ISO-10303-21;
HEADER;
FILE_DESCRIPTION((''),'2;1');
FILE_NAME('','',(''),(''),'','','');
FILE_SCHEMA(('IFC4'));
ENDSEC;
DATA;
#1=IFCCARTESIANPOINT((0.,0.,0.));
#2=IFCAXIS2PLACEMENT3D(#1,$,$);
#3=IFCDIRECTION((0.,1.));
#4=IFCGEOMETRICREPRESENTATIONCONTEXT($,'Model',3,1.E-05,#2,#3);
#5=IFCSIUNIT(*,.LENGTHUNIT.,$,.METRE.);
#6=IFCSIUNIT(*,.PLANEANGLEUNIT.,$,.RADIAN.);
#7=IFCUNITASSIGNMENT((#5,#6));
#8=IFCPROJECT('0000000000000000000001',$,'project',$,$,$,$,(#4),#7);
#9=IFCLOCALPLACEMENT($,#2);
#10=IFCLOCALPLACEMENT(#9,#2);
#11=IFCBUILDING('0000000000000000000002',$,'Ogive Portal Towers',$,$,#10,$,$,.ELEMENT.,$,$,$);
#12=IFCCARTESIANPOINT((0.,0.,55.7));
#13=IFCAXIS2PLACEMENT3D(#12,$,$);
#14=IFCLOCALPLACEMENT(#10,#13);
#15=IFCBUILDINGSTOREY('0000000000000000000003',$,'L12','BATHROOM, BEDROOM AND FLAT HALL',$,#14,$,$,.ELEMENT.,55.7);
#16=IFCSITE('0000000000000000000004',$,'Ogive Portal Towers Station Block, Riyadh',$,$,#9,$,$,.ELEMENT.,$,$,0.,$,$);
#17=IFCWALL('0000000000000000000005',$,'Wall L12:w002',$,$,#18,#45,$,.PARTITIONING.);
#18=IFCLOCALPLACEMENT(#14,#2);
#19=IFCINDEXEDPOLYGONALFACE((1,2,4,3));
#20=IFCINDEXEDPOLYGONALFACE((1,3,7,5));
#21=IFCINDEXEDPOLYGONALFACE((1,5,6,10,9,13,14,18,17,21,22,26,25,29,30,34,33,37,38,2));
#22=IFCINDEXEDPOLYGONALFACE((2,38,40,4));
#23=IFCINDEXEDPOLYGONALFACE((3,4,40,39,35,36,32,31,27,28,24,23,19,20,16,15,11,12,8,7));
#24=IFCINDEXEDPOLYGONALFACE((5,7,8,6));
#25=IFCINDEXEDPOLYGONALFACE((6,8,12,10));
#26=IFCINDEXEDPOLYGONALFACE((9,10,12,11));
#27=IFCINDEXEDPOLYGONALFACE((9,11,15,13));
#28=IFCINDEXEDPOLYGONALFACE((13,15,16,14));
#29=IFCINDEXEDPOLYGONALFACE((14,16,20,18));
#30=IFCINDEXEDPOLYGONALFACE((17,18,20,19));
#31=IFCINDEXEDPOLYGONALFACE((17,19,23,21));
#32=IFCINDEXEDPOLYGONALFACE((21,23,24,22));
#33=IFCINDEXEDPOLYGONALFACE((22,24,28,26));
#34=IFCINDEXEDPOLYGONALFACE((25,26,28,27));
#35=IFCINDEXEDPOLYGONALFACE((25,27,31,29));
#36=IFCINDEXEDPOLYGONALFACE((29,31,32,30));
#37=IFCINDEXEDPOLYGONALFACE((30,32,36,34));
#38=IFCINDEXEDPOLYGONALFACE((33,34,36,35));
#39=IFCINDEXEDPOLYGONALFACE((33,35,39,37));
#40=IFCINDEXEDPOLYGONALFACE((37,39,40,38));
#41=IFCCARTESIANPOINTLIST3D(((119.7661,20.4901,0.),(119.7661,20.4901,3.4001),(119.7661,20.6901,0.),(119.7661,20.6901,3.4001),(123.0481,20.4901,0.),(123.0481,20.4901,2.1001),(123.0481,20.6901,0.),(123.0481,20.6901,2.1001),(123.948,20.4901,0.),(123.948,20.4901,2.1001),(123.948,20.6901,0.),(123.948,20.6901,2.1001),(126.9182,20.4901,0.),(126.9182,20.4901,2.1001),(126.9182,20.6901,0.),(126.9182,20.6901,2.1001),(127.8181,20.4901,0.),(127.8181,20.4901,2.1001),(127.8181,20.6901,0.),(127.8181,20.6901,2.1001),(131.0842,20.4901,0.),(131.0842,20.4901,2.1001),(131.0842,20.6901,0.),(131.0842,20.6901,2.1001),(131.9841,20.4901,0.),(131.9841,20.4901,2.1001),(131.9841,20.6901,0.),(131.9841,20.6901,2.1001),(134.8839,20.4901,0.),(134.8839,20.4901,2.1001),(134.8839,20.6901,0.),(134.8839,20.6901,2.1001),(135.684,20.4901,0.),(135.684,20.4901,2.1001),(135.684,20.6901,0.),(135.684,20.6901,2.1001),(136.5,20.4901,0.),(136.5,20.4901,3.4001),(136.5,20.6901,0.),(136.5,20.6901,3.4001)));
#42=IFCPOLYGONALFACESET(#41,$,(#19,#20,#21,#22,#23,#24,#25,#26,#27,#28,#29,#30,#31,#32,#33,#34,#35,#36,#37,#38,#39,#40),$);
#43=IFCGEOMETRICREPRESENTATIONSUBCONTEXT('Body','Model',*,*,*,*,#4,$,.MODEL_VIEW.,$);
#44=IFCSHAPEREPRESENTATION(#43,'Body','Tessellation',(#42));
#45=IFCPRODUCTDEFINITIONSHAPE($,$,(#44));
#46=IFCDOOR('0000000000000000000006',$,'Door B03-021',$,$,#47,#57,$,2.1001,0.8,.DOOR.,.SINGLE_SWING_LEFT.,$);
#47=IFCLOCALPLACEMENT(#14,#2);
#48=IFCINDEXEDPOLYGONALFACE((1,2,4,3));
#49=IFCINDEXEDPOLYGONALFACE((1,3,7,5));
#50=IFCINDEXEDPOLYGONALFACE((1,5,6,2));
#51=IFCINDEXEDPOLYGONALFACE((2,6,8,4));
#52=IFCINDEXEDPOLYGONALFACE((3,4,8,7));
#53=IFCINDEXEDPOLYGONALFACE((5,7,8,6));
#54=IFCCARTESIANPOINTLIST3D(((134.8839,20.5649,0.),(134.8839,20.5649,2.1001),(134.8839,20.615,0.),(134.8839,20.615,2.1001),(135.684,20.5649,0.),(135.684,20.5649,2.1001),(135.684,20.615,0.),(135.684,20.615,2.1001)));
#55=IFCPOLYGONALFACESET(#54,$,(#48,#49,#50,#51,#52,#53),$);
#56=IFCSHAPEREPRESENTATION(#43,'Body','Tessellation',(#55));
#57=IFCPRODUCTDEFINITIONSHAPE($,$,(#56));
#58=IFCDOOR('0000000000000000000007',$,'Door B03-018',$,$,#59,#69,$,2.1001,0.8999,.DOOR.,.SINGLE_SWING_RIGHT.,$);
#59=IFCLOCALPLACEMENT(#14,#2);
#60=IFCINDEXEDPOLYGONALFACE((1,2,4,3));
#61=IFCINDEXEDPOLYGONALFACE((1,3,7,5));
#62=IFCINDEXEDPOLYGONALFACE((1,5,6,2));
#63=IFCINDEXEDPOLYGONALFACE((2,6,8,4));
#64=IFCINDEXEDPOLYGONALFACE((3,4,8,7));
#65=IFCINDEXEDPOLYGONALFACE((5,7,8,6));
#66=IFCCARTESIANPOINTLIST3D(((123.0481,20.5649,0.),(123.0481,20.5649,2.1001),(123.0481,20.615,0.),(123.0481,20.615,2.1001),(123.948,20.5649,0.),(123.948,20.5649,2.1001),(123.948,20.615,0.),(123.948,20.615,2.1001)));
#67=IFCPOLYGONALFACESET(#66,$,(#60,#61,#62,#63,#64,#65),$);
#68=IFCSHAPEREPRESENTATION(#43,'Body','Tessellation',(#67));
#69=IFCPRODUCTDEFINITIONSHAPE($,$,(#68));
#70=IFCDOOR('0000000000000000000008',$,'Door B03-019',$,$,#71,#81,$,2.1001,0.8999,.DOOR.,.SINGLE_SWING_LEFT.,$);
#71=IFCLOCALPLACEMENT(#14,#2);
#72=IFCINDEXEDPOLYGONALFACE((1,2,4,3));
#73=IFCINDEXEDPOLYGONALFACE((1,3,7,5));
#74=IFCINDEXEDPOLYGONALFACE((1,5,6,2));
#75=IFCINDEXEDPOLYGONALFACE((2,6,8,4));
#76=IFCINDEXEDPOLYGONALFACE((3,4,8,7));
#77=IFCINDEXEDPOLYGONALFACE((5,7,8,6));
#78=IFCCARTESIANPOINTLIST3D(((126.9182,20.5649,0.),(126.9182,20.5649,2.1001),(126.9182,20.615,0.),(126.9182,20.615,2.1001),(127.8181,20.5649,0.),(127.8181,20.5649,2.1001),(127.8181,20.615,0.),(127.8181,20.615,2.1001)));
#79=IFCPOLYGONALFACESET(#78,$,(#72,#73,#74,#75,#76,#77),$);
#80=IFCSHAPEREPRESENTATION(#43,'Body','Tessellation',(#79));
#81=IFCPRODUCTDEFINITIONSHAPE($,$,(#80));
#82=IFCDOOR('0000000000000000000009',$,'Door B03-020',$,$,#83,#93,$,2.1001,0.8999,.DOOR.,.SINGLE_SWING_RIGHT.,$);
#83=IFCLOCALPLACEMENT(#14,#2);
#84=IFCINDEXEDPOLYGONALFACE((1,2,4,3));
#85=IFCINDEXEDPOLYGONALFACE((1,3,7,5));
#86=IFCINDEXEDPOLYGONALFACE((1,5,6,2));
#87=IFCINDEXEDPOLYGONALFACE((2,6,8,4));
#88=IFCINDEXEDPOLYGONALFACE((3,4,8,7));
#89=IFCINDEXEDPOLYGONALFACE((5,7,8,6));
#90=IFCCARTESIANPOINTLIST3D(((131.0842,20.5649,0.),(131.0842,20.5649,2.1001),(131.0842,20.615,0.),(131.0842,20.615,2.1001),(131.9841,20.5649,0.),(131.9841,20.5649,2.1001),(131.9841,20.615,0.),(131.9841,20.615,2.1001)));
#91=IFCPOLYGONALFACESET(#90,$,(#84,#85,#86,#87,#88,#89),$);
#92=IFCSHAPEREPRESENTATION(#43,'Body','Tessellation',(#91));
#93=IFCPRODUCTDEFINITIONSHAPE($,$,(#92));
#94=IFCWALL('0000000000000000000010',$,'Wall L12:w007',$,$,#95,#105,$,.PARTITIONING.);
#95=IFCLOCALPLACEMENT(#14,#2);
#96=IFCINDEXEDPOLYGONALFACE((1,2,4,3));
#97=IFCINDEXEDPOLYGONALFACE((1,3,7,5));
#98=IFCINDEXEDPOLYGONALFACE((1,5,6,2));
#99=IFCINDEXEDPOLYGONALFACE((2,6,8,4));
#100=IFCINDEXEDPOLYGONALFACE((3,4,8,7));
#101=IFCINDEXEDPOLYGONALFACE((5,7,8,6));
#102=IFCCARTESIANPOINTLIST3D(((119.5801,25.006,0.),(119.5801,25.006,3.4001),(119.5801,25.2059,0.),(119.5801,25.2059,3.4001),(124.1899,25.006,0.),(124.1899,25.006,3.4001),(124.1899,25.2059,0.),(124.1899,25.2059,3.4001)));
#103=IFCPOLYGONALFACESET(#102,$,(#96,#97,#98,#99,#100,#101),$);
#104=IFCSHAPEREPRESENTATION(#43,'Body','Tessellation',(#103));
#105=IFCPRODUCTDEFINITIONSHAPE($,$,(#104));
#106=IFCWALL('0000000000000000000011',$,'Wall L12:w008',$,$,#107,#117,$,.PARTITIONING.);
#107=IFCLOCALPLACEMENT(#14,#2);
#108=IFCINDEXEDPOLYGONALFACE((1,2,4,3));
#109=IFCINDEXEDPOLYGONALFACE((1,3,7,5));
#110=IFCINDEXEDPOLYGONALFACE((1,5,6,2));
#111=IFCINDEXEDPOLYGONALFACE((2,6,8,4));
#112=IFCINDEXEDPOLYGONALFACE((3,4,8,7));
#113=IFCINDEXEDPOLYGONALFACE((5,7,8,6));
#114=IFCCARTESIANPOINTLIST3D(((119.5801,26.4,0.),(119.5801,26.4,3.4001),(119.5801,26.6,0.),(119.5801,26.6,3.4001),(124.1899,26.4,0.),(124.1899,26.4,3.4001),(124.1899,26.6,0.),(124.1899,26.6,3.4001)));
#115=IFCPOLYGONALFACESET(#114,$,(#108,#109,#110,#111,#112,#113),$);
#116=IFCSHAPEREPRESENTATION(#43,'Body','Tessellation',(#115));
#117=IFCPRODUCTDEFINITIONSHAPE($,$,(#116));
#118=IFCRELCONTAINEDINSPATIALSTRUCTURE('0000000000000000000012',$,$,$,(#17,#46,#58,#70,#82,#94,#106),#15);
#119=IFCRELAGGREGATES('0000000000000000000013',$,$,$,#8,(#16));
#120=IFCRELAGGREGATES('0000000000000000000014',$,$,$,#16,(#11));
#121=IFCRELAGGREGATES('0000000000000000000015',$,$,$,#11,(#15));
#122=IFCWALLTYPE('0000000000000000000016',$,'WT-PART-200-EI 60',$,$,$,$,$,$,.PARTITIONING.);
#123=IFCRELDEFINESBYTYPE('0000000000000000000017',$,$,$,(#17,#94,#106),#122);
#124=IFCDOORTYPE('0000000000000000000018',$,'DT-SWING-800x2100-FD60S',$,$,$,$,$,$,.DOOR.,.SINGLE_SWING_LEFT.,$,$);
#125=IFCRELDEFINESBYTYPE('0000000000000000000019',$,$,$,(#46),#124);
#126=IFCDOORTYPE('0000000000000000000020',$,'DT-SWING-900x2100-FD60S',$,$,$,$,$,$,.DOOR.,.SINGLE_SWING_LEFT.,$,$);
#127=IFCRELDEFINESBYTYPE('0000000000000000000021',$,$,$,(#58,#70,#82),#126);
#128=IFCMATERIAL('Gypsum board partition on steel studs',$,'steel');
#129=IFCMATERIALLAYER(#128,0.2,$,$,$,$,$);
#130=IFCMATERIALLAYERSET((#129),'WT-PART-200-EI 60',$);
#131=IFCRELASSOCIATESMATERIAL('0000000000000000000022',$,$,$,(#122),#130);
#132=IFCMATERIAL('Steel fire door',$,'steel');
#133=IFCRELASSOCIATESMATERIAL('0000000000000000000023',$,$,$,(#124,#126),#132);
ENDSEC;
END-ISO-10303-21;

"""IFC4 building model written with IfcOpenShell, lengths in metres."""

from ifc_helpers import new_model, si_unit, direction, frame, frame_2d, origin, place, context, subcontext, project, spatial, rectangle, extrude, material, layer, layer_set, type_object, element, fill, save


model = new_model("IFC4")

# Units and contexts
model_context = context("Model", 3, precision=1e-05, world=origin(), true_north=direction((0.0, 1.0)))
body_context = subcontext(model_context, "Body", "Model", "MODEL_VIEW")
ifc_project = project(units=[si_unit("LENGTHUNIT", "METRE"), si_unit("PLANEANGLEUNIT", "RADIAN")], contexts=[model_context])

# Site, building, storey
site_placement = place(None, origin())
site = spatial("IfcSite", under=ifc_project, at=site_placement, Name="Ogive Portal Towers Station Block, Riyadh", CompositionType="ELEMENT", RefElevation=0.0)
building_placement = place(site_placement, origin())
building = spatial("IfcBuilding", under=site, at=building_placement, Name="Ogive Portal Towers", CompositionType="ELEMENT")
storey_placement = place(building_placement, frame((0.0, 0.0, 55.7)))
storey = spatial("IfcBuildingStorey", under=building, at=storey_placement, Name="L12", Description="BATHROOM, BEDROOM AND FLAT HALL", CompositionType="ELEMENT", Elevation=55.7)

# Wall, openings, doors
ifc_material_1 = material(Name="Steel fire door", Category="steel")
ifc_material_2 = material(Name="Gypsum board partition on steel studs", Category="steel")
ifc_layer_1 = layer(ifc_material_2, 0.2)
ifc_layer_set_1 = layer_set([ifc_layer_1], Name="WT-PART-200-EI 60")
wall_type_1 = type_object("IfcWallType", Name="WT-PART-200-EI 60", PredefinedType="PARTITIONING", material=ifc_layer_set_1)
wall_1_placement = place(storey_placement, frame((119.7661, 20.5901, 0.0), z_axis=(0.0, 0.0, 1.0), x_axis=(1.0, 0.0, 0.0)))
wall_1 = element("IfcWall", 1, at=wall_1_placement, inside=storey, type_object=wall_type_1, Name="Wall L12:w002", PredefinedType="PARTITIONING", context=body_context, shape_type="SweptSolid", body=[
    extrude(rectangle(XDim=16.7339, YDim=0.2, at=frame_2d((8.3669, 0.0))), origin(), (0.0, 0.0, 1.0), 3.4001),
])
opening_1_placement = place(wall_1_placement, frame((3.282, 0.0, 0.0)))
opening_1 = element("IfcOpeningElement", 2, at=opening_1_placement, cuts=wall_1, PredefinedType="OPENING", context=body_context, shape_type="SweptSolid", body=[
    extrude(rectangle(XDim=0.8999, YDim=2.1001, at=frame_2d((0.45, 1.05))), frame((0.0, 0.1099, 0.0), z_axis=(0.0, -1.0, 0.0), x_axis=(1.0, 0.0, 0.0)), (0.0, 0.0, 1.0), 0.22),
])
opening_2_placement = place(wall_1_placement, frame((7.1521, 0.0, 0.0)))
opening_2 = element("IfcOpeningElement", 3, at=opening_2_placement, cuts=wall_1, PredefinedType="OPENING", context=body_context, shape_type="SweptSolid", body=[
    extrude(rectangle(XDim=0.8999, YDim=2.1001, at=frame_2d((0.45, 1.05))), frame((0.0, 0.1099, 0.0), z_axis=(0.0, -1.0, 0.0), x_axis=(1.0, 0.0, 0.0)), (0.0, 0.0, 1.0), 0.22),
])
opening_3_placement = place(wall_1_placement, frame((11.3181, 0.0, 0.0)))
opening_3 = element("IfcOpeningElement", 4, at=opening_3_placement, cuts=wall_1, PredefinedType="OPENING", context=body_context, shape_type="SweptSolid", body=[
    extrude(rectangle(XDim=0.8999, YDim=2.1001, at=frame_2d((0.45, 1.05))), frame((0.0, 0.1099, 0.0), z_axis=(0.0, -1.0, 0.0), x_axis=(1.0, 0.0, 0.0)), (0.0, 0.0, 1.0), 0.22),
])
opening_4_placement = place(wall_1_placement, frame((15.1179, 0.0, 0.0)))
opening_4 = element("IfcOpeningElement", 5, at=opening_4_placement, cuts=wall_1, PredefinedType="OPENING", context=body_context, shape_type="SweptSolid", body=[
    extrude(rectangle(XDim=0.8, YDim=2.1001, at=frame_2d((0.3999, 1.05))), frame((0.0, 0.1099, 0.0), z_axis=(0.0, -1.0, 0.0), x_axis=(1.0, 0.0, 0.0)), (0.0, 0.0, 1.0), 0.22),
])
door_type_1 = type_object("IfcDoorType", Name="DT-SWING-800x2100-FD60S", OperationType="SINGLE_SWING_LEFT", PredefinedType="DOOR", material=ifc_material_1)
door_1_placement = place(opening_4_placement, origin())
door_1 = element("IfcDoor", 6, at=door_1_placement, inside=storey, type_object=door_type_1, Name="Door B03-021", OperationType="SINGLE_SWING_LEFT", OverallHeight=2.1001, OverallWidth=0.8, PredefinedType="DOOR", context=body_context, shape_type="SweptSolid", body=[
    extrude(rectangle(XDim=0.8, YDim=2.1001, at=frame_2d((0.3999, 1.05))), frame((0.0, 0.0249, 0.0), z_axis=(0.0, -1.0, 0.0), x_axis=(1.0, 0.0, 0.0)), (0.0, 0.0, 1.0), 0.05),
])
fill(opening_4, door_1)
door_type_2 = type_object("IfcDoorType", Name="DT-SWING-900x2100-FD60S", OperationType="SINGLE_SWING_LEFT", PredefinedType="DOOR", material=ifc_material_1)
door_2_placement = place(opening_1_placement, origin())
door_2 = element("IfcDoor", 7, at=door_2_placement, inside=storey, type_object=door_type_2, Name="Door B03-018", OperationType="SINGLE_SWING_RIGHT", OverallHeight=2.1001, OverallWidth=0.8999, PredefinedType="DOOR", context=body_context, shape_type="SweptSolid", body=[
    extrude(rectangle(XDim=0.8999, YDim=2.1001, at=frame_2d((0.45, 1.05))), frame((0.0, 0.0249, 0.0), z_axis=(0.0, -1.0, 0.0), x_axis=(1.0, 0.0, 0.0)), (0.0, 0.0, 1.0), 0.05),
])
fill(opening_1, door_2)
door_3_placement = place(opening_2_placement, origin())
door_3 = element("IfcDoor", 8, at=door_3_placement, inside=storey, type_object=door_type_2, Name="Door B03-019", OperationType="SINGLE_SWING_LEFT", OverallHeight=2.1001, OverallWidth=0.8999, PredefinedType="DOOR", context=body_context, shape_type="SweptSolid", body=[
    extrude(rectangle(XDim=0.8999, YDim=2.1001, at=frame_2d((0.45, 1.05))), frame((0.0, 0.0249, 0.0), z_axis=(0.0, -1.0, 0.0), x_axis=(1.0, 0.0, 0.0)), (0.0, 0.0, 1.0), 0.05),
])
fill(opening_2, door_3)
door_4_placement = place(opening_3_placement, origin())
door_4 = element("IfcDoor", 9, at=door_4_placement, inside=storey, type_object=door_type_2, Name="Door B03-020", OperationType="SINGLE_SWING_RIGHT", OverallHeight=2.1001, OverallWidth=0.8999, PredefinedType="DOOR", context=body_context, shape_type="SweptSolid", body=[
    extrude(rectangle(XDim=0.8999, YDim=2.1001, at=frame_2d((0.45, 1.05))), frame((0.0, 0.0249, 0.0), z_axis=(0.0, -1.0, 0.0), x_axis=(1.0, 0.0, 0.0)), (0.0, 0.0, 1.0), 0.05),
])
fill(opening_3, door_4)

# Walls
for number, where, z_axis, x_axis, name in (
    (10, (119.5801, 25.106, 0.0), (0.0, 0.0, 1.0), (1.0, 0.0, 0.0), "Wall L12:w007"),
    (11, (119.5801, 26.5, 0.0), (0.0, 0.0, 1.0), (1.0, 0.0, 0.0), "Wall L12:w008"),
):
    element("IfcWall", number, at=place(storey_placement, frame(where, z_axis=z_axis, x_axis=x_axis)), inside=storey, type_object=wall_type_1, Name=name, PredefinedType="PARTITIONING", context=body_context, shape_type="SweptSolid", body=[
        extrude(rectangle(XDim=4.6099, YDim=0.2, at=frame_2d((2.3049, 0.0))), origin(), (0.0, 0.0, 1.0), 3.4001),
    ])

save(model, "model.ifc")
